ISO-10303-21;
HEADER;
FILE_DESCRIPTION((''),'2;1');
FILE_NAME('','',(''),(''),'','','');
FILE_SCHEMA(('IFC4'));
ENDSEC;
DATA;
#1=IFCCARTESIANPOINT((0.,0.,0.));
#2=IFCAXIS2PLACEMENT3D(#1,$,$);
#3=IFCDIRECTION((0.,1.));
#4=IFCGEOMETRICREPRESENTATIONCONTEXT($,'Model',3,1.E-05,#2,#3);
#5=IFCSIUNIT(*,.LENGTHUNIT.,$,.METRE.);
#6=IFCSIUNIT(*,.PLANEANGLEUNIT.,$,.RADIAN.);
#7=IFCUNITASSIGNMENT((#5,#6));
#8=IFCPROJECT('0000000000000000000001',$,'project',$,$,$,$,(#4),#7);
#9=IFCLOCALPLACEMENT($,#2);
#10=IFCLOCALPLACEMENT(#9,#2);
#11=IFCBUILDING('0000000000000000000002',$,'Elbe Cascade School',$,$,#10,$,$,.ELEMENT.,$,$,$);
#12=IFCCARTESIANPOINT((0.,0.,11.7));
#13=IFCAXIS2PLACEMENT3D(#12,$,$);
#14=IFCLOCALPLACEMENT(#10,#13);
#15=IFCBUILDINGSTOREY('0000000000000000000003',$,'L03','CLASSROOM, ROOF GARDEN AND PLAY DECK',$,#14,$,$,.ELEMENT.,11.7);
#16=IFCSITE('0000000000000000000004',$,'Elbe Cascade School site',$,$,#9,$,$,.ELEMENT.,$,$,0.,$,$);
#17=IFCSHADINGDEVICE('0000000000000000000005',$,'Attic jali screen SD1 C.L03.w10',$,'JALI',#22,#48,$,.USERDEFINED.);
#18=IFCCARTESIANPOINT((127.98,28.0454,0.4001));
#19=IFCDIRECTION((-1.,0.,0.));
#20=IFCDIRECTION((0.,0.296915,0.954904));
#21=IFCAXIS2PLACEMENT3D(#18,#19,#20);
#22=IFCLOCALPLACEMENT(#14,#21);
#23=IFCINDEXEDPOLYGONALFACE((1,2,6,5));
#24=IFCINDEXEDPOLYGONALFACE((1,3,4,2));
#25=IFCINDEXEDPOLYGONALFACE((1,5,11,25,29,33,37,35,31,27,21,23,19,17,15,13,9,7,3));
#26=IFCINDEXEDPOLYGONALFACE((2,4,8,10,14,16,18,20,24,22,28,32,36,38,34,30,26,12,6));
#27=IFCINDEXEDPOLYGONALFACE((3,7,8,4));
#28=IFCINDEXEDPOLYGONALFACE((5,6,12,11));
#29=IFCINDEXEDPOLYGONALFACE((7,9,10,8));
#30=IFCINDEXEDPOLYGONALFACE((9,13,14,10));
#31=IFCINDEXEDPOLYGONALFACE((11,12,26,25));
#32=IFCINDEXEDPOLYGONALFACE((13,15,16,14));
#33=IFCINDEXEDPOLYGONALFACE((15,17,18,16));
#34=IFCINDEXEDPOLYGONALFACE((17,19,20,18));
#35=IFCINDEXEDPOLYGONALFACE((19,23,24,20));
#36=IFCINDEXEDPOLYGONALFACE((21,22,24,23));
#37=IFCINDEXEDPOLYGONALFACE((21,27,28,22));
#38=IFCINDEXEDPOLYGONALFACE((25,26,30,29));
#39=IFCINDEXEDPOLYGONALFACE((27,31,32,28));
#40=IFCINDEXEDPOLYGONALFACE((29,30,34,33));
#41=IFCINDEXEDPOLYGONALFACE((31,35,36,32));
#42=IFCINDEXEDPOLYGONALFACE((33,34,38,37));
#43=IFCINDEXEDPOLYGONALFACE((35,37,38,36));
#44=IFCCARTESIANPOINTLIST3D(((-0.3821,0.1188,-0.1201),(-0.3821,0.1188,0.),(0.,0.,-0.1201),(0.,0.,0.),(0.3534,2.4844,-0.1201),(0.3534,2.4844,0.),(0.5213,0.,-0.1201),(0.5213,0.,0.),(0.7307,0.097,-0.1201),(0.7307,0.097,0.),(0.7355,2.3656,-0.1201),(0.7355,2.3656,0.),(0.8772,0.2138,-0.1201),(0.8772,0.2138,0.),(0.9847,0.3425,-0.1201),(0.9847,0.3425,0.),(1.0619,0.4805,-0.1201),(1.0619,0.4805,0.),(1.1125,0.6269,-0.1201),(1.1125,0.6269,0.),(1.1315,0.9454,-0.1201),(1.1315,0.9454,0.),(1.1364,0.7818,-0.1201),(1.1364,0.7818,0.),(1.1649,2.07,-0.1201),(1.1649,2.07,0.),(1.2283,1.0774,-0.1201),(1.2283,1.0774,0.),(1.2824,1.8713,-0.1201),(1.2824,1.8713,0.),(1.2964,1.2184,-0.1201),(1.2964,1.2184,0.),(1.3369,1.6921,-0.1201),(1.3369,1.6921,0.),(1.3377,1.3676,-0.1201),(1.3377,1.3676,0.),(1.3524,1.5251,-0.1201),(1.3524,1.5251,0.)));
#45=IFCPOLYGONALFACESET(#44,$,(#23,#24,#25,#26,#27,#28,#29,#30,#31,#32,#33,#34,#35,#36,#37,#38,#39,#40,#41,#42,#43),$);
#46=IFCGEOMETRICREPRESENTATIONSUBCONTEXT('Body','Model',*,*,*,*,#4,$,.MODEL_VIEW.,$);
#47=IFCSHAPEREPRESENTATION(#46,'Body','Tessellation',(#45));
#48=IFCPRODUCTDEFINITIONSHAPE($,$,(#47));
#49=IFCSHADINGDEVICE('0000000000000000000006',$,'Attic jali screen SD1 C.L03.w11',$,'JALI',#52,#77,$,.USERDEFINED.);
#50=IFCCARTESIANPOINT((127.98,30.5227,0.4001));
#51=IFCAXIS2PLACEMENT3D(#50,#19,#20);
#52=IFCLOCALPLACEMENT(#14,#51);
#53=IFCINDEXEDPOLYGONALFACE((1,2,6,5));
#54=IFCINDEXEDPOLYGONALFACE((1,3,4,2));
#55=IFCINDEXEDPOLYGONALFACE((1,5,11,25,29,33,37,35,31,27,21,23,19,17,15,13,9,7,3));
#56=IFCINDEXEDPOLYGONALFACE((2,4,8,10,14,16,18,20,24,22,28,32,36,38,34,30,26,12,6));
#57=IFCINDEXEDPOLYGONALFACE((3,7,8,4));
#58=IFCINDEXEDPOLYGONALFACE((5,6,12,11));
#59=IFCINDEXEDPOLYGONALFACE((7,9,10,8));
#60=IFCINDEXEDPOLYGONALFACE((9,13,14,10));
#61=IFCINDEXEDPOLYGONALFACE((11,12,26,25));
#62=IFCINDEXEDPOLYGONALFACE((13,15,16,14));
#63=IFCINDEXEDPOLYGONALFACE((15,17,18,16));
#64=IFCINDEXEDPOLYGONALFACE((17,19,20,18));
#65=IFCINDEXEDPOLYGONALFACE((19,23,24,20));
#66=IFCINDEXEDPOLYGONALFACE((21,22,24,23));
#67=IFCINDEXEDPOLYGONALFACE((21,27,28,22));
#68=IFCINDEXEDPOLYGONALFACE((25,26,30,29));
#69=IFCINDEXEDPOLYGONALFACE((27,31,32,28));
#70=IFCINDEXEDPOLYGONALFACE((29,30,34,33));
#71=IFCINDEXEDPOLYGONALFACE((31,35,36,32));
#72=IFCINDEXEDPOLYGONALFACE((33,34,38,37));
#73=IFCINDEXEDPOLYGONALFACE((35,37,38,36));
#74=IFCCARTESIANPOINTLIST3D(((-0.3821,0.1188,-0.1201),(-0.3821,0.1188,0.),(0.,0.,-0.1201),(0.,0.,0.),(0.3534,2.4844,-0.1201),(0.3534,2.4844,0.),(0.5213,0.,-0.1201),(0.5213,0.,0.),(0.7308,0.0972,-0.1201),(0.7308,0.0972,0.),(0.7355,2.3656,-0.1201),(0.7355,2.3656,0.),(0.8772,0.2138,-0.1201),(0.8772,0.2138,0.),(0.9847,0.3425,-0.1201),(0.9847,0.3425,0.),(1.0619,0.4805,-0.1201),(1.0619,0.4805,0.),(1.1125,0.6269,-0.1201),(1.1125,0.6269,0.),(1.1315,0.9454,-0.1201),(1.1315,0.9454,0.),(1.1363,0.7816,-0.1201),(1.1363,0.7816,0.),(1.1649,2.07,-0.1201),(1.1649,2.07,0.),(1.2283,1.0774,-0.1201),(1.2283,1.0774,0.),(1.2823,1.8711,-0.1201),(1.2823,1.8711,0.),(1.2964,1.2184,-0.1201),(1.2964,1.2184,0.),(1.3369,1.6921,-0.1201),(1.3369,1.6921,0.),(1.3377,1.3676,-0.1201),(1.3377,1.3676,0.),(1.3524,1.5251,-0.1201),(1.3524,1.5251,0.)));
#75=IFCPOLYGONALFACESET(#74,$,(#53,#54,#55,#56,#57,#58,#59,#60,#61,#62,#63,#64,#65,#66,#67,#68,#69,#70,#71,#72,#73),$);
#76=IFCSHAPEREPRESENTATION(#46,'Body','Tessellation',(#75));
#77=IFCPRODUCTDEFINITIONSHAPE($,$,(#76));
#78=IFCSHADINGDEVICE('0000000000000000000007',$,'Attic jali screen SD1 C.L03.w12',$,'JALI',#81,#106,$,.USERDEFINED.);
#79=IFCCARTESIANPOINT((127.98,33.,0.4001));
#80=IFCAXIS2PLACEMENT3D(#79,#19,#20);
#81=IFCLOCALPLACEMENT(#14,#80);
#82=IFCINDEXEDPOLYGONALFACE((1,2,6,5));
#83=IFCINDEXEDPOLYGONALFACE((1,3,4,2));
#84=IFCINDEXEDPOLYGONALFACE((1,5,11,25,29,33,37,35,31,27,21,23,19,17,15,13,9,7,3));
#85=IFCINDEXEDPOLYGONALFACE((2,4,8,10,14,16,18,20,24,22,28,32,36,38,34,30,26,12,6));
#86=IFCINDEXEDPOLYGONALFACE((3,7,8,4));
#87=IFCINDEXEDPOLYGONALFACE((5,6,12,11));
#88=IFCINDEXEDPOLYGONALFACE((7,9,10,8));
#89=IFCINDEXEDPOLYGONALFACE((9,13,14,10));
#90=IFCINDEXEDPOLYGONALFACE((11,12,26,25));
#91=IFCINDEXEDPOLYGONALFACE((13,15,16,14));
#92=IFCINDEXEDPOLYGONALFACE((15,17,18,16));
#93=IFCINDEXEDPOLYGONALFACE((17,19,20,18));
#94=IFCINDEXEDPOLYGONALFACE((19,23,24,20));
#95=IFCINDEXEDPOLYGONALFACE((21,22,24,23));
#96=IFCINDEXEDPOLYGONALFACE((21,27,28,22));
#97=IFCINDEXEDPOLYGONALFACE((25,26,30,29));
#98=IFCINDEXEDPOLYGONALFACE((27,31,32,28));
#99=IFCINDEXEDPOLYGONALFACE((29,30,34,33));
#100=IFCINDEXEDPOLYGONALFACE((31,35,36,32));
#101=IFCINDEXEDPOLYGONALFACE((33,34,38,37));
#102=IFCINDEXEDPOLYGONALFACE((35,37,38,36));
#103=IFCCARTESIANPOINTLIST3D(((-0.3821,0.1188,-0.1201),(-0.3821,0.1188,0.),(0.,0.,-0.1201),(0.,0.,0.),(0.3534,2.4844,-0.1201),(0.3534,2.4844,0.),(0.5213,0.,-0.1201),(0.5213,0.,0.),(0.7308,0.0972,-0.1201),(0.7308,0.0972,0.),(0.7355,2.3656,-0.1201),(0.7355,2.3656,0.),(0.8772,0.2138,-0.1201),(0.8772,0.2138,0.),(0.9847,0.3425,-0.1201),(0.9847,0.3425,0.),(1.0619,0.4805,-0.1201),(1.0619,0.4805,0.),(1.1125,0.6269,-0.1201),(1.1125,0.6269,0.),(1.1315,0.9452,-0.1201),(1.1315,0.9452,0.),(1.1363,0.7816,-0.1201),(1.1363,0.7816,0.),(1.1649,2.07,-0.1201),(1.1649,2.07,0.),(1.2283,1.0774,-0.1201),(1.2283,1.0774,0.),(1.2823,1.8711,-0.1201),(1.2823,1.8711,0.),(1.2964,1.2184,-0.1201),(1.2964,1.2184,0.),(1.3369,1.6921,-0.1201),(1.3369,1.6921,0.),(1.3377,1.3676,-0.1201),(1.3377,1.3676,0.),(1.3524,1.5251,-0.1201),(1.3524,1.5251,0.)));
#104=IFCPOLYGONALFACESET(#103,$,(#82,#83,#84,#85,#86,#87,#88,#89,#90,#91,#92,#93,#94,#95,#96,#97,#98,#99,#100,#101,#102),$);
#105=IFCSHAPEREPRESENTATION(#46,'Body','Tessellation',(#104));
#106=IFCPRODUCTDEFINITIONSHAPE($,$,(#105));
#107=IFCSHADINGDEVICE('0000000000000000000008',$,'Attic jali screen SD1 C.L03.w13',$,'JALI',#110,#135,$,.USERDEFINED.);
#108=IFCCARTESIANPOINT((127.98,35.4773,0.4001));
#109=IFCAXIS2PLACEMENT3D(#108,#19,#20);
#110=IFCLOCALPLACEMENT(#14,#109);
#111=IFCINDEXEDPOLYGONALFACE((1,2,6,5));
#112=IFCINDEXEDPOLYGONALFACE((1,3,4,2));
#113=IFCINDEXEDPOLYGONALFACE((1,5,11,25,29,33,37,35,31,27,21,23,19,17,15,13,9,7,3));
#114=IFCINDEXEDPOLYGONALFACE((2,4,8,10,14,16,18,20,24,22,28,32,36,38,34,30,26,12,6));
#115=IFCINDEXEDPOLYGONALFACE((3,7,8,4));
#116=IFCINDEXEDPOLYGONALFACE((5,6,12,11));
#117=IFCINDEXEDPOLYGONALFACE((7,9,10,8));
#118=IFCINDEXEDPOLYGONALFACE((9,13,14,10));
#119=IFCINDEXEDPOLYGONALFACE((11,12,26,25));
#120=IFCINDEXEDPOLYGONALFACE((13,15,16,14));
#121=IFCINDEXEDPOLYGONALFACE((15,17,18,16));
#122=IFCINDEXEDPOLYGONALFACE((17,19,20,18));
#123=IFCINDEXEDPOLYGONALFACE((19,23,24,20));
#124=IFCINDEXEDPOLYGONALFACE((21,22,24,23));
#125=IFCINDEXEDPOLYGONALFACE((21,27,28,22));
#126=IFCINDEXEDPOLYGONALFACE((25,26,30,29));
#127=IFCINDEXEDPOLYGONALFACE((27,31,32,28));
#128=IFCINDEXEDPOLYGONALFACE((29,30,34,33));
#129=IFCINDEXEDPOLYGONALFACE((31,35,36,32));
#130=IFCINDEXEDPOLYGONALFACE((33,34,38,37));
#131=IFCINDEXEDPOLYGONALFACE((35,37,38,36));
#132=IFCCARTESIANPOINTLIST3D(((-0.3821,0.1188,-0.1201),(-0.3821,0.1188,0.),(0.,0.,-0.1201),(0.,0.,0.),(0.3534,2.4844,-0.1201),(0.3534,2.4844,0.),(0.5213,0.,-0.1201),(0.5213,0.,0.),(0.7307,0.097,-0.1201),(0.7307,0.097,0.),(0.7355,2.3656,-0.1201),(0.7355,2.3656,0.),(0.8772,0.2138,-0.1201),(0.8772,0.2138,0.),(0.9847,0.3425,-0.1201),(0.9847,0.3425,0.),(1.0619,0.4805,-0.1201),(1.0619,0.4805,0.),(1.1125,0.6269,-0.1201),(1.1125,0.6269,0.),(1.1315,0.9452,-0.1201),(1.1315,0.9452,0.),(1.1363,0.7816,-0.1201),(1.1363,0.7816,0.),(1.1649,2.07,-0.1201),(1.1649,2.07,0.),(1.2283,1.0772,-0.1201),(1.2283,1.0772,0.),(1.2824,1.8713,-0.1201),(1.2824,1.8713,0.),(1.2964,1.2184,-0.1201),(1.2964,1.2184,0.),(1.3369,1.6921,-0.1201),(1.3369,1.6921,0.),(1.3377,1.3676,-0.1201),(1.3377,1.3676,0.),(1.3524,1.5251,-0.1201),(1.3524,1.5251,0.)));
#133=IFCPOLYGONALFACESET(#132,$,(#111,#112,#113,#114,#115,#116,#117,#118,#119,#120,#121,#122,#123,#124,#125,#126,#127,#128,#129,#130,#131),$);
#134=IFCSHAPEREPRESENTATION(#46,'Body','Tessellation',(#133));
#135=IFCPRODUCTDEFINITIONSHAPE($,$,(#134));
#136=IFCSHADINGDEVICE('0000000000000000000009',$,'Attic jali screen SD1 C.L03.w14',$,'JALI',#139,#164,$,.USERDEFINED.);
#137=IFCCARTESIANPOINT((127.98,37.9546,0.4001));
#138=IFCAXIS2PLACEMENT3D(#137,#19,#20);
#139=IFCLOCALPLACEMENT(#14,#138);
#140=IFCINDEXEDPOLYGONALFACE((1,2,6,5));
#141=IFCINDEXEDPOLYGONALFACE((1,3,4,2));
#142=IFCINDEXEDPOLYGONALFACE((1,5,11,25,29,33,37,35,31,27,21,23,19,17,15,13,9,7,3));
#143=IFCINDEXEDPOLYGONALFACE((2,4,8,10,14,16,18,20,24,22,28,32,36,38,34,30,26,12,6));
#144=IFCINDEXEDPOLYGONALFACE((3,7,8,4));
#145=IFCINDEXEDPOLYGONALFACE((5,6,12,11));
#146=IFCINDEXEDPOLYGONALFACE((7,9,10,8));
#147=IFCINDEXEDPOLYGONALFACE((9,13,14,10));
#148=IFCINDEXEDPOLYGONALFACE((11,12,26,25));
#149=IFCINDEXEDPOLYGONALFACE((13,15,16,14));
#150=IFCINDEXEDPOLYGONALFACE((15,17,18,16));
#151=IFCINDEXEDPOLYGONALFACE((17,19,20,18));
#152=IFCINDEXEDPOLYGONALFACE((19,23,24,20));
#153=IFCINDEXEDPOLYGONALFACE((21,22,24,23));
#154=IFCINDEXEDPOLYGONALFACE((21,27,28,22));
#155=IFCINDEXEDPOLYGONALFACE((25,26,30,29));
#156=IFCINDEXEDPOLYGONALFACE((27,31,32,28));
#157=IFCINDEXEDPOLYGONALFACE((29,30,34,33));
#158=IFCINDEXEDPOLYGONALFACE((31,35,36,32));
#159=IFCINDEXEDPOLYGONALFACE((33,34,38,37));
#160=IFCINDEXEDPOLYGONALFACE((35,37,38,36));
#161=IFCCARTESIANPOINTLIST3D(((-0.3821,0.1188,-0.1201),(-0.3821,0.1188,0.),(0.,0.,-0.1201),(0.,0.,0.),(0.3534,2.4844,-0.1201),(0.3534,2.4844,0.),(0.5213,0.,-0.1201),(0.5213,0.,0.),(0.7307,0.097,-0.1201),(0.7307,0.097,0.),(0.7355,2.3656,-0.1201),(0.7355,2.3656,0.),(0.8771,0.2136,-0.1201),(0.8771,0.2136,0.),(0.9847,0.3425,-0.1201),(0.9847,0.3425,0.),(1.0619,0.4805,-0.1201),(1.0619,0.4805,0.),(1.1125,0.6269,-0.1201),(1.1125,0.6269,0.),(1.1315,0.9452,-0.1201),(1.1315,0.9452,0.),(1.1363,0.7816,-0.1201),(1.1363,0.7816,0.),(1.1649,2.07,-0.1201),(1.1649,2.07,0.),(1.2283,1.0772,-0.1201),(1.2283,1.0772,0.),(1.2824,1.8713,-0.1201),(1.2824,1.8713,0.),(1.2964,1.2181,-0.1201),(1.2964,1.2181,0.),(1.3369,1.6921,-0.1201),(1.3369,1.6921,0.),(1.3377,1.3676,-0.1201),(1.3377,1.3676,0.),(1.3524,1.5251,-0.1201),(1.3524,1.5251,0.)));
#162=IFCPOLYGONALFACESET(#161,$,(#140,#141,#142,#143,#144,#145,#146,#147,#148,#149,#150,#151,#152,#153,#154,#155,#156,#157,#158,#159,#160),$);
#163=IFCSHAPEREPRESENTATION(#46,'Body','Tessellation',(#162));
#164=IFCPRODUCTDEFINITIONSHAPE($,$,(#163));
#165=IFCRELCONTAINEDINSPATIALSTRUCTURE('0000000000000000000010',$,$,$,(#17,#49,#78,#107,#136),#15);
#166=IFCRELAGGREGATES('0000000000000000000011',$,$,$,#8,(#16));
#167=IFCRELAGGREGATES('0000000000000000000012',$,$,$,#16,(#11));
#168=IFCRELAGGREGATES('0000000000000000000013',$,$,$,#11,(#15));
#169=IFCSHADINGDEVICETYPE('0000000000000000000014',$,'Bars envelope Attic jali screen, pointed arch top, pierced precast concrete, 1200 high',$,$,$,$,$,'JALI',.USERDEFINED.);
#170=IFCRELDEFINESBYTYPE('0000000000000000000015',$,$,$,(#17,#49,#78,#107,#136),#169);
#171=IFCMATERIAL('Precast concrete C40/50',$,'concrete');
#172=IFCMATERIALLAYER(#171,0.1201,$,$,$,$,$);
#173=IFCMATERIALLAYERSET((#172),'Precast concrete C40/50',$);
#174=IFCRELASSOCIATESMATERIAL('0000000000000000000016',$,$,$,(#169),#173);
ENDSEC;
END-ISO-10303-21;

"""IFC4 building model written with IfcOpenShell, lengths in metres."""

from ifc_helpers import new_model, si_unit, direction, frame, origin, place, context, subcontext, project, spatial, polyline, outline, extrude, material, layer, layer_set, type_object, element, save


model = new_model("IFC4")

# Units and contexts
model_context = context("Model", 3, precision=1e-05, world=origin(), true_north=direction((0.0, 1.0)))
body_context = subcontext(model_context, "Body", "Model", "MODEL_VIEW")
ifc_project = project(units=[si_unit("LENGTHUNIT", "METRE"), si_unit("PLANEANGLEUNIT", "RADIAN")], contexts=[model_context])

# Site, building, storey
site_placement = place(None, origin())
site = spatial("IfcSite", under=ifc_project, at=site_placement, Name="Elbe Cascade School site", CompositionType="ELEMENT", RefElevation=0.0)
building_placement = place(site_placement, origin())
building = spatial("IfcBuilding", under=site, at=building_placement, Name="Elbe Cascade School", CompositionType="ELEMENT")
storey_placement = place(building_placement, frame((0.0, 0.0, 11.7)))
storey = spatial("IfcBuildingStorey", under=building, at=storey_placement, Name="L03", Description="CLASSROOM, ROOF GARDEN AND PLAY DECK", CompositionType="ELEMENT", Elevation=11.7)

# Shading devices
ifc_material_1 = material(Name="Precast concrete C40/50", Category="concrete")
ifc_layer_1 = layer(ifc_material_1, 0.1201)
ifc_layer_set_1 = layer_set([ifc_layer_1], Name="Precast concrete C40/50")
shading_device_type = type_object("IfcShadingDeviceType", Name="Bars envelope Attic jali screen, pointed arch top, pierced precast concrete, 1200 high", ElementType="JALI", PredefinedType="USERDEFINED", material=ifc_layer_set_1)
shading_device_1_placement = place(storey_placement, frame((127.98, 28.0454, 0.4001), z_axis=(-1.0, 0.0, 0.0), x_axis=(0.0, 0.296915, 0.954904)))
element("IfcShadingDevice", 1, at=shading_device_1_placement, inside=storey, type_object=shading_device_type, Name="Attic jali screen SD1 C.L03.w10", ObjectType="JALI", PredefinedType="USERDEFINED", context=body_context, shape_type="SweptSolid", body=[
    extrude(outline(polyline([(0.0, 0.0), (0.5213, 0.0), (0.7307, 0.097), (0.8772, 0.2138), (0.9847, 0.3425), (1.0619, 0.4805), (1.1125, 0.6269), (1.1364, 0.7818), (1.1315, 0.9454), (1.2283, 1.0774), (1.2964, 1.2184), (1.3377, 1.3676), (1.3524, 1.5251), (1.3369, 1.6921), (1.2824, 1.8713), (1.1649, 2.07), (0.7355, 2.3656), (0.3534, 2.4844), (-0.3821, 0.1188), (0.0, 0.0)])), origin(), (0.0, 0.0, -1.0), 0.1201),
])
shading_device_2_placement = place(storey_placement, frame((127.98, 30.5227, 0.4001), z_axis=(-1.0, 0.0, 0.0), x_axis=(0.0, 0.296915, 0.954904)))
element("IfcShadingDevice", 2, at=shading_device_2_placement, inside=storey, type_object=shading_device_type, Name="Attic jali screen SD1 C.L03.w11", ObjectType="JALI", PredefinedType="USERDEFINED", context=body_context, shape_type="SweptSolid", body=[
    extrude(outline(polyline([(0.0, 0.0), (0.5213, 0.0), (0.7308, 0.0972), (0.8772, 0.2138), (0.9847, 0.3425), (1.0619, 0.4805), (1.1125, 0.6269), (1.1363, 0.7816), (1.1315, 0.9454), (1.2283, 1.0774), (1.2964, 1.2184), (1.3377, 1.3676), (1.3524, 1.5251), (1.3369, 1.6921), (1.2823, 1.8711), (1.1649, 2.07), (0.7355, 2.3656), (0.3534, 2.4844), (-0.3821, 0.1188), (0.0, 0.0)])), origin(), (0.0, 0.0, -1.0), 0.1201),
])
shading_device_3_placement = place(storey_placement, frame((127.98, 33.0, 0.4001), z_axis=(-1.0, 0.0, 0.0), x_axis=(0.0, 0.296915, 0.954904)))
element("IfcShadingDevice", 3, at=shading_device_3_placement, inside=storey, type_object=shading_device_type, Name="Attic jali screen SD1 C.L03.w12", ObjectType="JALI", PredefinedType="USERDEFINED", context=body_context, shape_type="SweptSolid", body=[
    extrude(outline(polyline([(0.0, 0.0), (0.5213, 0.0), (0.7308, 0.0972), (0.8772, 0.2138), (0.9847, 0.3425), (1.0619, 0.4805), (1.1125, 0.6269), (1.1363, 0.7816), (1.1315, 0.9452), (1.2283, 1.0774), (1.2964, 1.2184), (1.3377, 1.3676), (1.3524, 1.5251), (1.3369, 1.6921), (1.2823, 1.8711), (1.1649, 2.07), (0.7355, 2.3656), (0.3534, 2.4844), (-0.3821, 0.1188), (0.0, 0.0)])), origin(), (0.0, 0.0, -1.0), 0.1201),
])
shading_device_4_placement = place(storey_placement, frame((127.98, 35.4773, 0.4001), z_axis=(-1.0, 0.0, 0.0), x_axis=(0.0, 0.296915, 0.954904)))
element("IfcShadingDevice", 4, at=shading_device_4_placement, inside=storey, type_object=shading_device_type, Name="Attic jali screen SD1 C.L03.w13", ObjectType="JALI", PredefinedType="USERDEFINED", context=body_context, shape_type="SweptSolid", body=[
    extrude(outline(polyline([(0.0, 0.0), (0.5213, 0.0), (0.7307, 0.097), (0.8772, 0.2138), (0.9847, 0.3425), (1.0619, 0.4805), (1.1125, 0.6269), (1.1363, 0.7816), (1.1315, 0.9452), (1.2283, 1.0772), (1.2964, 1.2184), (1.3377, 1.3676), (1.3524, 1.5251), (1.3369, 1.6921), (1.2824, 1.8713), (1.1649, 2.07), (0.7355, 2.3656), (0.3534, 2.4844), (-0.3821, 0.1188), (0.0, 0.0)])), origin(), (0.0, 0.0, -1.0), 0.1201),
])
shading_device_5_placement = place(storey_placement, frame((127.98, 37.9546, 0.4001), z_axis=(-1.0, 0.0, 0.0), x_axis=(0.0, 0.296915, 0.954904)))
element("IfcShadingDevice", 5, at=shading_device_5_placement, inside=storey, type_object=shading_device_type, Name="Attic jali screen SD1 C.L03.w14", ObjectType="JALI", PredefinedType="USERDEFINED", context=body_context, shape_type="SweptSolid", body=[
    extrude(outline(polyline([(0.0, 0.0), (0.5213, 0.0), (0.7307, 0.097), (0.8771, 0.2136), (0.9847, 0.3425), (1.0619, 0.4805), (1.1125, 0.6269), (1.1363, 0.7816), (1.1315, 0.9452), (1.2283, 1.0772), (1.2964, 1.2181), (1.3377, 1.3676), (1.3524, 1.5251), (1.3369, 1.6921), (1.2824, 1.8713), (1.1649, 2.07), (0.7355, 2.3656), (0.3534, 2.4844), (-0.3821, 0.1188), (0.0, 0.0)])), origin(), (0.0, 0.0, -1.0), 0.1201),
])

save(model, "model.ifc")
